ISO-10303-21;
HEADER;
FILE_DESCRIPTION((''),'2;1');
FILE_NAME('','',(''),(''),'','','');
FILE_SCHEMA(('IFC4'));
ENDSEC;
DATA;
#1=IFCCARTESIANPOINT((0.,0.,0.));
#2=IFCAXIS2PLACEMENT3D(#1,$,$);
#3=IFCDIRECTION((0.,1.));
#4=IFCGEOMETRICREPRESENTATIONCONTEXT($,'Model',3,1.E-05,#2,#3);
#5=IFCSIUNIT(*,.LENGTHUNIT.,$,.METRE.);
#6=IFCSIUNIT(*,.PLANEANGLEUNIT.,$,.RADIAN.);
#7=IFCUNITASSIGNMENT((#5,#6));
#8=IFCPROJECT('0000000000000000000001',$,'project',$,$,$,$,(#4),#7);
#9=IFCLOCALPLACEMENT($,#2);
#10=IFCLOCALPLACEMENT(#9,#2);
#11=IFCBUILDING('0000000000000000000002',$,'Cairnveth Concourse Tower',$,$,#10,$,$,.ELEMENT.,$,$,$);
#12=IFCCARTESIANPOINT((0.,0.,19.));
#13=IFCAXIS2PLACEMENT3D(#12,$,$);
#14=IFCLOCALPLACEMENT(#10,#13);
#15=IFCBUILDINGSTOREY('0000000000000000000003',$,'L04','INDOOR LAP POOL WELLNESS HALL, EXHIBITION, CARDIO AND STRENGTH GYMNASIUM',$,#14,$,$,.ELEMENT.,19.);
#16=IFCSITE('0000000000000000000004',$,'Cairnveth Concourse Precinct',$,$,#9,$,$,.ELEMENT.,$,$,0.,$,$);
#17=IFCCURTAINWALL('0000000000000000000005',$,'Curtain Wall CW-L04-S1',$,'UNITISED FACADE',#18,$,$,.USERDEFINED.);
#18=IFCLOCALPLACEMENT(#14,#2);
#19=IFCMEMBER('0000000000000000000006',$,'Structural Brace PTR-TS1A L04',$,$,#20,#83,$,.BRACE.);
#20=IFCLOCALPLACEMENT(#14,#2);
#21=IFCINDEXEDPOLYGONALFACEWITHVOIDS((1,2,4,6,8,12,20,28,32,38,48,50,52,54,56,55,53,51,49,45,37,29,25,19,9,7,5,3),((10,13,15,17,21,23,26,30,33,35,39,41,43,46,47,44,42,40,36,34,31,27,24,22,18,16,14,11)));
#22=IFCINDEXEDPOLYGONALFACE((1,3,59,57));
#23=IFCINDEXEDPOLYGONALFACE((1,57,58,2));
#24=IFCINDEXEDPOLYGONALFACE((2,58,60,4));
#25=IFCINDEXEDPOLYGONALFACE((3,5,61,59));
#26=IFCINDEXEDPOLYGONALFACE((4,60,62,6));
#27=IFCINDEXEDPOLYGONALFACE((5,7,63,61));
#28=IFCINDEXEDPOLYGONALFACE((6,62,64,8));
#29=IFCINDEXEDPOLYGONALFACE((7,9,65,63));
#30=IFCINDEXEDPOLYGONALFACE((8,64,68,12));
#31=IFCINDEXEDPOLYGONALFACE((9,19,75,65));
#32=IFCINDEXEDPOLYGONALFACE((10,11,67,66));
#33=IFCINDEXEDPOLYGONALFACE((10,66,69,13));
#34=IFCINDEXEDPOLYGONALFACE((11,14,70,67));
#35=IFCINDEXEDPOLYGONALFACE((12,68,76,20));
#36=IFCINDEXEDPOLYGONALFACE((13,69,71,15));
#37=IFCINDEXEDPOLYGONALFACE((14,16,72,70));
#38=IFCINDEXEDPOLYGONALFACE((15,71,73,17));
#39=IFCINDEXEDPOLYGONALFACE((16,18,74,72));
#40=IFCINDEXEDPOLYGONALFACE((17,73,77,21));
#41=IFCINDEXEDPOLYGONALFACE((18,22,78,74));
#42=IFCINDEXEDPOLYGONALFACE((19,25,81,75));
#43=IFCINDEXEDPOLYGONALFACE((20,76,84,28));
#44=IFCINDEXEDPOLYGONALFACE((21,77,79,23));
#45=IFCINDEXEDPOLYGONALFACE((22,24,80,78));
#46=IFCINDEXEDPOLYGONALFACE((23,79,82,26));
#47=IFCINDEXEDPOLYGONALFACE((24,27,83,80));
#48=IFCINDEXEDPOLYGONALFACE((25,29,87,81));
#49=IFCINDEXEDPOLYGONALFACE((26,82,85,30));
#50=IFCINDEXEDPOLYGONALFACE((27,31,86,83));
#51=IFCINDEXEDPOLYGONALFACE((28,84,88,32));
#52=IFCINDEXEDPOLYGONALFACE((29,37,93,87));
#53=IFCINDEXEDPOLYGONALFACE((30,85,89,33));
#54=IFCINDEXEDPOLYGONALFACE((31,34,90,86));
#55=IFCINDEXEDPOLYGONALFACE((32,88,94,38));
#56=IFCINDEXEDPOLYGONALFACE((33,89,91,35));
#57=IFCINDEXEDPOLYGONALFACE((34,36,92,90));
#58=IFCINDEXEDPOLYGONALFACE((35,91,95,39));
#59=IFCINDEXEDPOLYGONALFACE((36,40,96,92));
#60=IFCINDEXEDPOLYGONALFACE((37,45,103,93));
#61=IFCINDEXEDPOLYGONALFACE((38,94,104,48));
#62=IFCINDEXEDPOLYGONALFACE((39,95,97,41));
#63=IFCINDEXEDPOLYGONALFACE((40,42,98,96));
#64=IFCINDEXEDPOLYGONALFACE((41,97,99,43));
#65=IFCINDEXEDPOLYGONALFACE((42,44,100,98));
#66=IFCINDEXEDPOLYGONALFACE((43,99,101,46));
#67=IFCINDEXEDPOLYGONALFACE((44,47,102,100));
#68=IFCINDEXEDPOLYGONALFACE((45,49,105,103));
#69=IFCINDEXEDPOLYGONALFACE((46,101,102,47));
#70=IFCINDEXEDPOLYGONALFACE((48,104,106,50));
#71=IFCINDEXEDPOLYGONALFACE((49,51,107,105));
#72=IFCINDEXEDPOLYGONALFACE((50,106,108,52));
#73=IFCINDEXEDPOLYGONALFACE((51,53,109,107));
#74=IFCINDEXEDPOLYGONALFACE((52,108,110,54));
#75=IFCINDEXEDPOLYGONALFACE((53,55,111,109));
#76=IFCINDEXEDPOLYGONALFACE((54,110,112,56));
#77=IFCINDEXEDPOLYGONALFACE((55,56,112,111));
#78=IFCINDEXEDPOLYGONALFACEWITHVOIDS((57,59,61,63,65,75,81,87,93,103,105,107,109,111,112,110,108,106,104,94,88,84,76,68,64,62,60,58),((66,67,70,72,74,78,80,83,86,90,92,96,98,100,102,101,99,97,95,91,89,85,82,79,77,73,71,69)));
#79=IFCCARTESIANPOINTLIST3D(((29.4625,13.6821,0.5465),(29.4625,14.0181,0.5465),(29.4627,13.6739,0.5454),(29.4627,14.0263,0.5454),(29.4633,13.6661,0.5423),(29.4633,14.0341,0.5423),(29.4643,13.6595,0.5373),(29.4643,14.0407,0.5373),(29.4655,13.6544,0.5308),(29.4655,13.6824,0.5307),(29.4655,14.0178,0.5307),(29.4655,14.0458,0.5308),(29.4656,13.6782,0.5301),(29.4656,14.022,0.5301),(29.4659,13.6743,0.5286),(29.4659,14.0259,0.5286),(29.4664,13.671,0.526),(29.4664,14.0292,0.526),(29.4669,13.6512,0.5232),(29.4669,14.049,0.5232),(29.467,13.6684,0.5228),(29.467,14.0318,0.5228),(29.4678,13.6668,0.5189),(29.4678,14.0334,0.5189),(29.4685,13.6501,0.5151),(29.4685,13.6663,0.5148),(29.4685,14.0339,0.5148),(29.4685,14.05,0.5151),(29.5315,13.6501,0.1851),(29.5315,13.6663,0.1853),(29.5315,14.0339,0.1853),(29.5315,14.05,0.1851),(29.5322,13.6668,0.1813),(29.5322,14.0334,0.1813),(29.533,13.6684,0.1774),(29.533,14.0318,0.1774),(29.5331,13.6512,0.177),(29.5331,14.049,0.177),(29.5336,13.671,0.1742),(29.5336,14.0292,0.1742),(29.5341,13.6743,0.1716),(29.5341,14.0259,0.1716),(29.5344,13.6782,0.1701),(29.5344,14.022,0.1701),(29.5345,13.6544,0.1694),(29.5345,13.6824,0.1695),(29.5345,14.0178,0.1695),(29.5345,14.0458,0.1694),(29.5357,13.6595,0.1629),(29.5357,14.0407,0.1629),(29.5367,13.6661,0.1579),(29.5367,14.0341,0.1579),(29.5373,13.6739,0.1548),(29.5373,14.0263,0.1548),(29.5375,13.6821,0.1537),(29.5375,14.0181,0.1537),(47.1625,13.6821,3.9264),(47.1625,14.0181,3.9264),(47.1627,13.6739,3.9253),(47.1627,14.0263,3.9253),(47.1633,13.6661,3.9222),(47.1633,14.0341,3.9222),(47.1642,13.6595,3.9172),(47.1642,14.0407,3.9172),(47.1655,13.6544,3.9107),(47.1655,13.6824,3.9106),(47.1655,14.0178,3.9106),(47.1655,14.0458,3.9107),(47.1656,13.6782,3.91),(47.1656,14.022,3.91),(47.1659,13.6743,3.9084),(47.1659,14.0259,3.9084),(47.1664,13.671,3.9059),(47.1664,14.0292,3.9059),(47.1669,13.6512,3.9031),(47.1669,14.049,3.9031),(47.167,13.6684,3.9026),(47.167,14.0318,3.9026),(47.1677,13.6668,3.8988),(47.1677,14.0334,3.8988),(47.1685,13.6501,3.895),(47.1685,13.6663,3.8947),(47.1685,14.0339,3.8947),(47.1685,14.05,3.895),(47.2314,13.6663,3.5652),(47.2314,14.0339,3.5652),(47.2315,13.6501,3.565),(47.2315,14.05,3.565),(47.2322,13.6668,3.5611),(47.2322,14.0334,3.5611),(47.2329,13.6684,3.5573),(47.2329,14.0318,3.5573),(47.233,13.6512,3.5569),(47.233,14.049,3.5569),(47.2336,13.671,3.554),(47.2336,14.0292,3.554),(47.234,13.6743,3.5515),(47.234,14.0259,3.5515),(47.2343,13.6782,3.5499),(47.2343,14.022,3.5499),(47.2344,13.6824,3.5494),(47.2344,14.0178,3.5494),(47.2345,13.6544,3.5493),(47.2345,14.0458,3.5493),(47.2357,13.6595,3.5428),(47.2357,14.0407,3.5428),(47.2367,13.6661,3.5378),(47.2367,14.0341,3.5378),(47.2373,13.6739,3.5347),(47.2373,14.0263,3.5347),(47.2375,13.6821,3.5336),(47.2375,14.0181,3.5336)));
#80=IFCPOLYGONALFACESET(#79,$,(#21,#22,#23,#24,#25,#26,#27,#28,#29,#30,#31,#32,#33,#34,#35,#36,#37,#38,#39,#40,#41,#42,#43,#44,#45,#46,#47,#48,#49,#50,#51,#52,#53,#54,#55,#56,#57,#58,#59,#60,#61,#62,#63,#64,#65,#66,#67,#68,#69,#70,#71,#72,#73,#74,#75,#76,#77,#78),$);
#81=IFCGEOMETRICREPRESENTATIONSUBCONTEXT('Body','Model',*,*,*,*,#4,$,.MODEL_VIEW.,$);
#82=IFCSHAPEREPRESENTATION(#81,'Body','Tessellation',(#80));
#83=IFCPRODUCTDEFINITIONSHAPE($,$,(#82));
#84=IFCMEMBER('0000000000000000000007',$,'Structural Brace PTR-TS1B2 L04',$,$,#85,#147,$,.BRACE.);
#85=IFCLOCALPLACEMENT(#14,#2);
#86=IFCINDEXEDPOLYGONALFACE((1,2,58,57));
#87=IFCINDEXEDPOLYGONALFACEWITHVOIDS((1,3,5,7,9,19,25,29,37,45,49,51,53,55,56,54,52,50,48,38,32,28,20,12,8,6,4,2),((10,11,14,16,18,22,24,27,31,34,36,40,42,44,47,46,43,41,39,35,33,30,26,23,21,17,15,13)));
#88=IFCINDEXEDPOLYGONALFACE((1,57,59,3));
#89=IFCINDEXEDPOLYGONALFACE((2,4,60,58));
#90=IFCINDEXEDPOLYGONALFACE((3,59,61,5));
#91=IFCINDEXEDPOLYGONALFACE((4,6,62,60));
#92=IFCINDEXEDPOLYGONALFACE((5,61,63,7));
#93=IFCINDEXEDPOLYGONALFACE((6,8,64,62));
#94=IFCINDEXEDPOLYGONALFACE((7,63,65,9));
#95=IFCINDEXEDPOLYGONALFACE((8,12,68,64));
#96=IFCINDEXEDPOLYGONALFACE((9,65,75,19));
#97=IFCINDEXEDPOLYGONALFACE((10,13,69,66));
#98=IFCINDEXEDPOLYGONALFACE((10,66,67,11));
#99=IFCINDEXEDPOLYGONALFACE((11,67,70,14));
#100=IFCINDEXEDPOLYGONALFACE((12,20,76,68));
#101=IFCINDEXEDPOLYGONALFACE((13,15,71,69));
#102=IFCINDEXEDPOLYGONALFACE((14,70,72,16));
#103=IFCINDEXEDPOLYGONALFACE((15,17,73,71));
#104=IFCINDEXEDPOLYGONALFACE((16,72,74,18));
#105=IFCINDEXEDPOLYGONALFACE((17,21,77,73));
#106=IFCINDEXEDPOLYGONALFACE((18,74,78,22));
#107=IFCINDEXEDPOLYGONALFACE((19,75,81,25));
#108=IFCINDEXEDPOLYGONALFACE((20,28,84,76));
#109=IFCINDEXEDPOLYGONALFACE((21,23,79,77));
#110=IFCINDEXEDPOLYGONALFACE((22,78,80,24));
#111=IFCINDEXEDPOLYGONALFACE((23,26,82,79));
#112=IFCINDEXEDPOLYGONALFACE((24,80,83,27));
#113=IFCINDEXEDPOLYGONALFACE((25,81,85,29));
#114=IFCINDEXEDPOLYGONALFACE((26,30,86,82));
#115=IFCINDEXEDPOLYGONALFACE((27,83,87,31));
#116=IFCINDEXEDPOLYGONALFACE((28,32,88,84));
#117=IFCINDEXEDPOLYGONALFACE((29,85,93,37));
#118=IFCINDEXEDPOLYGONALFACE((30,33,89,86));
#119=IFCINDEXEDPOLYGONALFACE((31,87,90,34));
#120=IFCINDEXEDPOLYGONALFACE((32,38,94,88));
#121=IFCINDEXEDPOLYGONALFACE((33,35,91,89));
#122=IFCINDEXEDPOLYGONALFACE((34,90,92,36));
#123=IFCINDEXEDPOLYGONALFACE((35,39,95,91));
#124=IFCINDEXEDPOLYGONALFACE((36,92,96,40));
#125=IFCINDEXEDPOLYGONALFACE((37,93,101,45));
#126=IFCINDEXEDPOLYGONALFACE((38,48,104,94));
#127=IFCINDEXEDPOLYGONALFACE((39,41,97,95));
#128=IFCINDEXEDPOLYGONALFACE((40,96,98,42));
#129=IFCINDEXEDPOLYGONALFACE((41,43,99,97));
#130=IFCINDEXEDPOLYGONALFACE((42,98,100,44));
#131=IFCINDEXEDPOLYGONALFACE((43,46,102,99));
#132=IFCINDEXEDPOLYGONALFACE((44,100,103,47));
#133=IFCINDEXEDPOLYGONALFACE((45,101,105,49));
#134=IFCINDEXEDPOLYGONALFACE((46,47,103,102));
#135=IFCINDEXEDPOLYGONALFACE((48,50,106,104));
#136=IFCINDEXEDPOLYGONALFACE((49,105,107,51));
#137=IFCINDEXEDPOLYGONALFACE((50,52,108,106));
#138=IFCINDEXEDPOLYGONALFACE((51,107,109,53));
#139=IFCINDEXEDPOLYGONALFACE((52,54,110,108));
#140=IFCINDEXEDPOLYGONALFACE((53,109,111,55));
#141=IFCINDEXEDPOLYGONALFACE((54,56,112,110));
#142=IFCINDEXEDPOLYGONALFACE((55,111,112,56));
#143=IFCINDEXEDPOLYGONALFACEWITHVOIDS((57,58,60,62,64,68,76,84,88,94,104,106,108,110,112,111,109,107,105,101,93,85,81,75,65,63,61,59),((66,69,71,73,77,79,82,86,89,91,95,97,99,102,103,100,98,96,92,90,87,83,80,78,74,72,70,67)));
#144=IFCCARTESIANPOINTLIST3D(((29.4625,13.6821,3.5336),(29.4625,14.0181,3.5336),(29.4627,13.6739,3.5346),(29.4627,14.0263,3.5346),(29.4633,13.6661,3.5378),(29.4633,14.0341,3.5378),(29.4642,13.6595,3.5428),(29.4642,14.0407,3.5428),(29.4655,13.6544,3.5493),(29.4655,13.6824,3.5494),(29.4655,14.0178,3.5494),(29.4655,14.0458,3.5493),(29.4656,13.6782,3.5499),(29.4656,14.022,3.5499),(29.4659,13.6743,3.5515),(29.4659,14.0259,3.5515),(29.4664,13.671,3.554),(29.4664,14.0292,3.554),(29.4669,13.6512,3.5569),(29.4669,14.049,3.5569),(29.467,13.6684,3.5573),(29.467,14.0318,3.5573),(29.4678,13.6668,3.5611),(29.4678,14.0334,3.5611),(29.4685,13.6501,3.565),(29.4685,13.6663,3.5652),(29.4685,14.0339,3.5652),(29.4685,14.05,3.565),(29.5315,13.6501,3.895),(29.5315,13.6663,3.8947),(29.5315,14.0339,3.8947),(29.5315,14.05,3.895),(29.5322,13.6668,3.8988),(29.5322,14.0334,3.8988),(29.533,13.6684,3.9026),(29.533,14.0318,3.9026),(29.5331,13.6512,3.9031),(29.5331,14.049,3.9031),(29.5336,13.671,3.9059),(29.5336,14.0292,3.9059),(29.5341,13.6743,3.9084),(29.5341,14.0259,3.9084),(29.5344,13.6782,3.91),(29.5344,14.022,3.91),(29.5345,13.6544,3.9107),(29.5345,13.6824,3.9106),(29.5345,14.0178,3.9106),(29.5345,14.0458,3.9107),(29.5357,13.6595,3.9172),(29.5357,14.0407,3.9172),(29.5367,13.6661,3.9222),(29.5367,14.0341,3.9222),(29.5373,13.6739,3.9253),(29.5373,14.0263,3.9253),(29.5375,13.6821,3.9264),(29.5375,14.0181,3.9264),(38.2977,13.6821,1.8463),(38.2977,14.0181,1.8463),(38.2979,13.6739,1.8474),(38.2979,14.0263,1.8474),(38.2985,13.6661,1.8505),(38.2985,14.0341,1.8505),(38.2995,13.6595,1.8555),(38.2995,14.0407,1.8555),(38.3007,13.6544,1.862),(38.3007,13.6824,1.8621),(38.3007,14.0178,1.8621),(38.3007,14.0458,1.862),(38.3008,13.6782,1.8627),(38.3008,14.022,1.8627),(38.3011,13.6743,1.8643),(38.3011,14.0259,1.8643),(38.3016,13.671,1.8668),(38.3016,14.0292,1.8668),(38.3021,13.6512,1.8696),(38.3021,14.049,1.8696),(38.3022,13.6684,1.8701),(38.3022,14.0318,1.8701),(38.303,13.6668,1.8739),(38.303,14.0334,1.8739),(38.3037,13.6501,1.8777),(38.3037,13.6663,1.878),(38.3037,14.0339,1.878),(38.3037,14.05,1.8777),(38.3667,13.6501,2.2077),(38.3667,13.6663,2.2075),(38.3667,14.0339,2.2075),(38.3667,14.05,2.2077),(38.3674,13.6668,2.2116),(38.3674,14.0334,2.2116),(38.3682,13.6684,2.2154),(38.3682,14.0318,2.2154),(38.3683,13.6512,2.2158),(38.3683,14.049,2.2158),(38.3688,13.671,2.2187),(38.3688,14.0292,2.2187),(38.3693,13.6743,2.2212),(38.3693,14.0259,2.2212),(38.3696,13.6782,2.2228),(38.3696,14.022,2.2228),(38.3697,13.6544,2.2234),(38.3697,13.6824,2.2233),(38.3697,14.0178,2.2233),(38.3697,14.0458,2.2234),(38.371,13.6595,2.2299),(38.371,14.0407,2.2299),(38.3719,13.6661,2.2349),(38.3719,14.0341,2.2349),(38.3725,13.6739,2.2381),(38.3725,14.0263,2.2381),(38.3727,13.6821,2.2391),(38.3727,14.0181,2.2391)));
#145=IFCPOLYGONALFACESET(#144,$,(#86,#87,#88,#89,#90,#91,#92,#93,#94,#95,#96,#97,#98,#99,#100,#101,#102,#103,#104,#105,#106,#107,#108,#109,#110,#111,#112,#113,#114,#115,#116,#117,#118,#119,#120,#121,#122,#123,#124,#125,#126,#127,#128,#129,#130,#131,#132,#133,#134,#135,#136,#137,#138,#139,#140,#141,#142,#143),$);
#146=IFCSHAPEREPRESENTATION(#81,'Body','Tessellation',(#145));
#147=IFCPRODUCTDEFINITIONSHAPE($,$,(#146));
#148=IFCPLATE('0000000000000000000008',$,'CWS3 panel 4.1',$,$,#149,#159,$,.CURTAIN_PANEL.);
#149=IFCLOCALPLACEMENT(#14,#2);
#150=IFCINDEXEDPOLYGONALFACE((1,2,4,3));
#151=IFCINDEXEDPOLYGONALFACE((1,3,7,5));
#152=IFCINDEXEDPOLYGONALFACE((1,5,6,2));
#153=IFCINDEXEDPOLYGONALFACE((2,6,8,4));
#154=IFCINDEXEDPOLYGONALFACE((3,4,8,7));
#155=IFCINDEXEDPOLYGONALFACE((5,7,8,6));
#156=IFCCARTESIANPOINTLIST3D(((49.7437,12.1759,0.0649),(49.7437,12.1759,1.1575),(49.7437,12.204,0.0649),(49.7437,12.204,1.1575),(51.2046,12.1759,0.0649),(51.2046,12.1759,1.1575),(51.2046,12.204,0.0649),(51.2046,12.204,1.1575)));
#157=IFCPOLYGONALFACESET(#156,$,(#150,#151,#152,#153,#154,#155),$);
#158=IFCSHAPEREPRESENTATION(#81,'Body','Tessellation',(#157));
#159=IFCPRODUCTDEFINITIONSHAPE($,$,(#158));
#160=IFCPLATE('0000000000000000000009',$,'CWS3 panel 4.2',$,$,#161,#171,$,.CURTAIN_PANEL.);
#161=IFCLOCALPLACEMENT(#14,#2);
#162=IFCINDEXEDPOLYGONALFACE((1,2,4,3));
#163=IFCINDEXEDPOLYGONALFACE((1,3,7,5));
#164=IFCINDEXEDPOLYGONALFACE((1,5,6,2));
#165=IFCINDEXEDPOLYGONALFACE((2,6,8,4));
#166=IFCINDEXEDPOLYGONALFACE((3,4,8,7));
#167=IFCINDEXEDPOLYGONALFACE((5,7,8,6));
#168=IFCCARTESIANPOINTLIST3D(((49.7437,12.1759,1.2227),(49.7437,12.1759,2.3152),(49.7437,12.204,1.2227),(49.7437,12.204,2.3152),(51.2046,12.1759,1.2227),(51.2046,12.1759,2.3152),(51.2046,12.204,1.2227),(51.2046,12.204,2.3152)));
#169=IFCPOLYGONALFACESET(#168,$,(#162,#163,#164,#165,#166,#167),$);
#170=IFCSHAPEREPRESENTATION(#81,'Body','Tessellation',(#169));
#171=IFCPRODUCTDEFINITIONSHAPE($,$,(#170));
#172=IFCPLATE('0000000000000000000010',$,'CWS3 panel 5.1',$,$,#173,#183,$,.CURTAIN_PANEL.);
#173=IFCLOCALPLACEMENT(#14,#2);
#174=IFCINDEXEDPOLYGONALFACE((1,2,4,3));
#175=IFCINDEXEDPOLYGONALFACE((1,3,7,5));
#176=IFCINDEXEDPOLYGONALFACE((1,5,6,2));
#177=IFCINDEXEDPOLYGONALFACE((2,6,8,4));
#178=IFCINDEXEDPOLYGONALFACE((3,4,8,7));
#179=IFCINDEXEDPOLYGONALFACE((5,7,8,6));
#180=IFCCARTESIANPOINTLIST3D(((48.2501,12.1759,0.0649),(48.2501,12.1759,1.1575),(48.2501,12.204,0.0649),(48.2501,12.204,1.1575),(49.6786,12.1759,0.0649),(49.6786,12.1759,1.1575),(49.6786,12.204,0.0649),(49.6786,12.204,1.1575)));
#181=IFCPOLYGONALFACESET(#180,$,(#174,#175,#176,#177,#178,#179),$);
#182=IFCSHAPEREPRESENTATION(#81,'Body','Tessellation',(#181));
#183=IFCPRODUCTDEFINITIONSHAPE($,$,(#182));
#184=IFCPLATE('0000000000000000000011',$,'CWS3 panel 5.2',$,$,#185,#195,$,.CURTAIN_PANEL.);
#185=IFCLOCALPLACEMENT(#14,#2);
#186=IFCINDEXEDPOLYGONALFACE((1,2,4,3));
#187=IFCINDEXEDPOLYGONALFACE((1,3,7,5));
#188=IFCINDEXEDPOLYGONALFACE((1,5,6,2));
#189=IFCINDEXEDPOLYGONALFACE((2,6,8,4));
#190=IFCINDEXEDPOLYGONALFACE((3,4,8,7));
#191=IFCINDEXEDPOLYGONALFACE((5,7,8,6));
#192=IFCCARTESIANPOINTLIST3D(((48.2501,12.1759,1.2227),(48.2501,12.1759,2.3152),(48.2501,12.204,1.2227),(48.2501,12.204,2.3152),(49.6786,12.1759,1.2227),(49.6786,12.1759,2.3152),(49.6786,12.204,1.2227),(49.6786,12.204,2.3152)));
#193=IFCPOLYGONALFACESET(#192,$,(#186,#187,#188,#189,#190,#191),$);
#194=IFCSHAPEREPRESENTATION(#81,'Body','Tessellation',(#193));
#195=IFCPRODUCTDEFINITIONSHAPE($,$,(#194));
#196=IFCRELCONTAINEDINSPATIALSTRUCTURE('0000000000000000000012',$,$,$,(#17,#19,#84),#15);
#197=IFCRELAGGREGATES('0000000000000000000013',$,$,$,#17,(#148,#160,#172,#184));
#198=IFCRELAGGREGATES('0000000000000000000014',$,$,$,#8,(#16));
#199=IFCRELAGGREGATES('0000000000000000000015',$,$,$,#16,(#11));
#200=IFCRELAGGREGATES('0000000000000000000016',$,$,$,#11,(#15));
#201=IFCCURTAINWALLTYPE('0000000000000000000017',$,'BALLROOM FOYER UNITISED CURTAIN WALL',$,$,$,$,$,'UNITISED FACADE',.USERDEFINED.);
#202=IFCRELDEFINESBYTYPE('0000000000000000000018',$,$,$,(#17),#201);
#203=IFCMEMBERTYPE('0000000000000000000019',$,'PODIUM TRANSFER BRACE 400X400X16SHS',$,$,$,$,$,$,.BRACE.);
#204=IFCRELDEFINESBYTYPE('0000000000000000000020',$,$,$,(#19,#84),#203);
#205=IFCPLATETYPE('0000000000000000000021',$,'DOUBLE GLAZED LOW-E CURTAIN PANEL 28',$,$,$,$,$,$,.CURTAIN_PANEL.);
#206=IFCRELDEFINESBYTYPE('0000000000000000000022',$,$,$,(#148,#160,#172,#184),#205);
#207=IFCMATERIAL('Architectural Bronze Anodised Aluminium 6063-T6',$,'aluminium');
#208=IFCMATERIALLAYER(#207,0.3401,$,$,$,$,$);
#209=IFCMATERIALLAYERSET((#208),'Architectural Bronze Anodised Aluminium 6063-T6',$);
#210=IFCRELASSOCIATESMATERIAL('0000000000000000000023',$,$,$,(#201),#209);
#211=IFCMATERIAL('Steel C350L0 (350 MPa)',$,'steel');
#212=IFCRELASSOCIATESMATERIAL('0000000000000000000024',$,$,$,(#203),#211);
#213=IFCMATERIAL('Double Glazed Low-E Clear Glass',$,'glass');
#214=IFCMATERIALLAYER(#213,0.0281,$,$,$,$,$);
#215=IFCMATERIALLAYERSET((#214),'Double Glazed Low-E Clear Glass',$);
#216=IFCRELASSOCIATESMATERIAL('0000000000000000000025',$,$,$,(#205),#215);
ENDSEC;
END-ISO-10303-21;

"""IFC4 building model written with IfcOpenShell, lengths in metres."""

from ifc_helpers import new_model, si_unit, direction, frame, origin, origin_2d, place, context, subcontext, project, spatial, rectangle, hollow_rectangle, extrude, material, layer, layer_set, material_profile, profile_set, type_object, element, aggregate, save


model = new_model("IFC4")

# Units and contexts
model_context = context("Model", 3, precision=1e-05, world=origin(), true_north=direction((0.0, 1.0)))
body_context = subcontext(model_context, "Body", "Model", "MODEL_VIEW")
ifc_project = project(units=[si_unit("LENGTHUNIT", "METRE"), si_unit("PLANEANGLEUNIT", "RADIAN")], contexts=[model_context])

# Site, building, storey
site_placement = place(None, origin())
site = spatial("IfcSite", under=ifc_project, at=site_placement, Name="Cairnveth Concourse Precinct", CompositionType="ELEMENT", RefElevation=0.0)
building_placement = place(site_placement, origin())
building = spatial("IfcBuilding", under=site, at=building_placement, Name="Cairnveth Concourse Tower", CompositionType="ELEMENT")
storey_placement = place(building_placement, frame((0.0, 0.0, 19.0)))
storey = spatial("IfcBuildingStorey", under=building, at=storey_placement, Name="L04", Description="INDOOR LAP POOL WELLNESS HALL, EXHIBITION, CARDIO AND STRENGTH GYMNASIUM", CompositionType="ELEMENT", Elevation=19.0)

# Curtain wall
ifc_material_1 = material(Name="Architectural Bronze Anodised Aluminium 6063-T6", Category="aluminium")
ifc_layer_1 = layer(ifc_material_1, 0.3401)
ifc_layer_set_1 = layer_set([ifc_layer_1], Name="Architectural Bronze Anodised Aluminium 6063-T6")
curtain_wall_type = type_object("IfcCurtainWallType", Name="BALLROOM FOYER UNITISED CURTAIN WALL", ElementType="UNITISED FACADE", PredefinedType="USERDEFINED", material=ifc_layer_set_1)
curtain_wall_placement = place(storey_placement, origin())
curtain_wall = element("IfcCurtainWall", 1, at=curtain_wall_placement, inside=storey, type_object=curtain_wall_type, Name="Curtain Wall CW-L04-S1", ObjectType="UNITISED FACADE", PredefinedType="USERDEFINED")

# Members
ifc_material_2 = material(Name="Steel C350L0 (350 MPa)", Category="steel")
ifc_material_profile_1 = material_profile(ifc_material_2, hollow_rectangle(XDim=0.3999, YDim=0.3999, WallThickness=0.0161, InnerFilletRadius=0.0161, OuterFilletRadius=0.032, at=origin_2d()), Name="400x400x16.0SHS")
ifc_profile_set_1 = profile_set([ifc_material_profile_1], Name="Steel C350L0 (350 MPa)")
member_type_1 = type_object("IfcMemberType", Name="PODIUM TRANSFER BRACE 400X400X16SHS", PredefinedType="BRACE", material=ifc_profile_set_1)
member_1_placement = place(storey_placement, frame((29.5, 13.8501, 0.3501), z_axis=(0.982252, 0.0, 0.187565), x_axis=(0.0, 1.0, 0.0)))
element("IfcMember", 2, at=member_1_placement, inside=storey, type_object=member_type_1, Name="Structural Brace PTR-TS1A L04", PredefinedType="BRACE", context=body_context, shape_type="SweptSolid", body=[
    extrude(hollow_rectangle(XDim=0.3999, YDim=0.3999, WallThickness=0.0161, InnerFilletRadius=0.0161, OuterFilletRadius=0.032, at=origin_2d()), origin(), (0.0, 0.0, 1.0), 18.0198),
])
member_2_placement = place(storey_placement, frame((38.3352, 13.8501, 2.0427), z_axis=(-0.982249, 0.0, 0.18758), x_axis=(0.0, -1.0, 0.0)))
element("IfcMember", 3, at=member_2_placement, inside=storey, type_object=member_type_1, Name="Structural Brace PTR-TS1B2 L04", PredefinedType="BRACE", context=body_context, shape_type="SweptSolid", body=[
    extrude(hollow_rectangle(XDim=0.3999, YDim=0.3999, WallThickness=0.0161, InnerFilletRadius=0.0161, OuterFilletRadius=0.032, at=origin_2d()), origin(), (0.0, 0.0, 1.0), 8.9949),
])

# Plates
ifc_material_3 = material(Name="Double Glazed Low-E Clear Glass", Category="glass")
ifc_layer_2 = layer(ifc_material_3, 0.0281)
ifc_layer_set_2 = layer_set([ifc_layer_2], Name="Double Glazed Low-E Clear Glass")
plate_type_1 = type_object("IfcPlateType", Name="DOUBLE GLAZED LOW-E CURTAIN PANEL 28", PredefinedType="CURTAIN_PANEL", material=ifc_layer_set_2)
plate_1_placement = place(storey_placement, frame((50.4741, 12.1899, 0.0649), z_axis=(0.0, 0.0, 1.0), x_axis=(-1.0, 0.0, 0.0)))
plate_1 = element("IfcPlate", 4, at=plate_1_placement, type_object=plate_type_1, Name="CWS3 panel 4.1", PredefinedType="CURTAIN_PANEL", context=body_context, shape_type="SweptSolid", body=[
    extrude(rectangle(XDim=1.4609, YDim=0.0281, at=origin_2d()), origin(), (0.0, 0.0, 1.0), 1.0925),
])
plate_2_placement = place(storey_placement, frame((50.4741, 12.1899, 1.2227), z_axis=(0.0, 0.0, 1.0), x_axis=(-1.0, 0.0, 0.0)))
plate_2 = element("IfcPlate", 5, at=plate_2_placement, type_object=plate_type_1, Name="CWS3 panel 4.2", PredefinedType="CURTAIN_PANEL", context=body_context, shape_type="SweptSolid", body=[
    extrude(rectangle(XDim=1.4609, YDim=0.0281, at=origin_2d()), origin(), (0.0, 0.0, 1.0), 1.0925),
])
plate_3_placement = place(storey_placement, frame((48.9644, 12.1899, 0.0649), z_axis=(0.0, 0.0, 1.0), x_axis=(-1.0, 0.0, 0.0)))
plate_3 = element("IfcPlate", 6, at=plate_3_placement, type_object=plate_type_1, Name="CWS3 panel 5.1", PredefinedType="CURTAIN_PANEL", context=body_context, shape_type="SweptSolid", body=[
    extrude(rectangle(XDim=1.4285, YDim=0.0281, at=origin_2d()), origin(), (0.0, 0.0, 1.0), 1.0925),
])
plate_4_placement = place(storey_placement, frame((48.9644, 12.1899, 1.2227), z_axis=(0.0, 0.0, 1.0), x_axis=(-1.0, 0.0, 0.0)))
plate_4 = element("IfcPlate", 7, at=plate_4_placement, type_object=plate_type_1, Name="CWS3 panel 5.2", PredefinedType="CURTAIN_PANEL", context=body_context, shape_type="SweptSolid", body=[
    extrude(rectangle(XDim=1.4285, YDim=0.0281, at=origin_2d()), origin(), (0.0, 0.0, 1.0), 1.0925),
])
aggregate(curtain_wall, [plate_1, plate_2, plate_3, plate_4])

save(model, "model.ifc")
